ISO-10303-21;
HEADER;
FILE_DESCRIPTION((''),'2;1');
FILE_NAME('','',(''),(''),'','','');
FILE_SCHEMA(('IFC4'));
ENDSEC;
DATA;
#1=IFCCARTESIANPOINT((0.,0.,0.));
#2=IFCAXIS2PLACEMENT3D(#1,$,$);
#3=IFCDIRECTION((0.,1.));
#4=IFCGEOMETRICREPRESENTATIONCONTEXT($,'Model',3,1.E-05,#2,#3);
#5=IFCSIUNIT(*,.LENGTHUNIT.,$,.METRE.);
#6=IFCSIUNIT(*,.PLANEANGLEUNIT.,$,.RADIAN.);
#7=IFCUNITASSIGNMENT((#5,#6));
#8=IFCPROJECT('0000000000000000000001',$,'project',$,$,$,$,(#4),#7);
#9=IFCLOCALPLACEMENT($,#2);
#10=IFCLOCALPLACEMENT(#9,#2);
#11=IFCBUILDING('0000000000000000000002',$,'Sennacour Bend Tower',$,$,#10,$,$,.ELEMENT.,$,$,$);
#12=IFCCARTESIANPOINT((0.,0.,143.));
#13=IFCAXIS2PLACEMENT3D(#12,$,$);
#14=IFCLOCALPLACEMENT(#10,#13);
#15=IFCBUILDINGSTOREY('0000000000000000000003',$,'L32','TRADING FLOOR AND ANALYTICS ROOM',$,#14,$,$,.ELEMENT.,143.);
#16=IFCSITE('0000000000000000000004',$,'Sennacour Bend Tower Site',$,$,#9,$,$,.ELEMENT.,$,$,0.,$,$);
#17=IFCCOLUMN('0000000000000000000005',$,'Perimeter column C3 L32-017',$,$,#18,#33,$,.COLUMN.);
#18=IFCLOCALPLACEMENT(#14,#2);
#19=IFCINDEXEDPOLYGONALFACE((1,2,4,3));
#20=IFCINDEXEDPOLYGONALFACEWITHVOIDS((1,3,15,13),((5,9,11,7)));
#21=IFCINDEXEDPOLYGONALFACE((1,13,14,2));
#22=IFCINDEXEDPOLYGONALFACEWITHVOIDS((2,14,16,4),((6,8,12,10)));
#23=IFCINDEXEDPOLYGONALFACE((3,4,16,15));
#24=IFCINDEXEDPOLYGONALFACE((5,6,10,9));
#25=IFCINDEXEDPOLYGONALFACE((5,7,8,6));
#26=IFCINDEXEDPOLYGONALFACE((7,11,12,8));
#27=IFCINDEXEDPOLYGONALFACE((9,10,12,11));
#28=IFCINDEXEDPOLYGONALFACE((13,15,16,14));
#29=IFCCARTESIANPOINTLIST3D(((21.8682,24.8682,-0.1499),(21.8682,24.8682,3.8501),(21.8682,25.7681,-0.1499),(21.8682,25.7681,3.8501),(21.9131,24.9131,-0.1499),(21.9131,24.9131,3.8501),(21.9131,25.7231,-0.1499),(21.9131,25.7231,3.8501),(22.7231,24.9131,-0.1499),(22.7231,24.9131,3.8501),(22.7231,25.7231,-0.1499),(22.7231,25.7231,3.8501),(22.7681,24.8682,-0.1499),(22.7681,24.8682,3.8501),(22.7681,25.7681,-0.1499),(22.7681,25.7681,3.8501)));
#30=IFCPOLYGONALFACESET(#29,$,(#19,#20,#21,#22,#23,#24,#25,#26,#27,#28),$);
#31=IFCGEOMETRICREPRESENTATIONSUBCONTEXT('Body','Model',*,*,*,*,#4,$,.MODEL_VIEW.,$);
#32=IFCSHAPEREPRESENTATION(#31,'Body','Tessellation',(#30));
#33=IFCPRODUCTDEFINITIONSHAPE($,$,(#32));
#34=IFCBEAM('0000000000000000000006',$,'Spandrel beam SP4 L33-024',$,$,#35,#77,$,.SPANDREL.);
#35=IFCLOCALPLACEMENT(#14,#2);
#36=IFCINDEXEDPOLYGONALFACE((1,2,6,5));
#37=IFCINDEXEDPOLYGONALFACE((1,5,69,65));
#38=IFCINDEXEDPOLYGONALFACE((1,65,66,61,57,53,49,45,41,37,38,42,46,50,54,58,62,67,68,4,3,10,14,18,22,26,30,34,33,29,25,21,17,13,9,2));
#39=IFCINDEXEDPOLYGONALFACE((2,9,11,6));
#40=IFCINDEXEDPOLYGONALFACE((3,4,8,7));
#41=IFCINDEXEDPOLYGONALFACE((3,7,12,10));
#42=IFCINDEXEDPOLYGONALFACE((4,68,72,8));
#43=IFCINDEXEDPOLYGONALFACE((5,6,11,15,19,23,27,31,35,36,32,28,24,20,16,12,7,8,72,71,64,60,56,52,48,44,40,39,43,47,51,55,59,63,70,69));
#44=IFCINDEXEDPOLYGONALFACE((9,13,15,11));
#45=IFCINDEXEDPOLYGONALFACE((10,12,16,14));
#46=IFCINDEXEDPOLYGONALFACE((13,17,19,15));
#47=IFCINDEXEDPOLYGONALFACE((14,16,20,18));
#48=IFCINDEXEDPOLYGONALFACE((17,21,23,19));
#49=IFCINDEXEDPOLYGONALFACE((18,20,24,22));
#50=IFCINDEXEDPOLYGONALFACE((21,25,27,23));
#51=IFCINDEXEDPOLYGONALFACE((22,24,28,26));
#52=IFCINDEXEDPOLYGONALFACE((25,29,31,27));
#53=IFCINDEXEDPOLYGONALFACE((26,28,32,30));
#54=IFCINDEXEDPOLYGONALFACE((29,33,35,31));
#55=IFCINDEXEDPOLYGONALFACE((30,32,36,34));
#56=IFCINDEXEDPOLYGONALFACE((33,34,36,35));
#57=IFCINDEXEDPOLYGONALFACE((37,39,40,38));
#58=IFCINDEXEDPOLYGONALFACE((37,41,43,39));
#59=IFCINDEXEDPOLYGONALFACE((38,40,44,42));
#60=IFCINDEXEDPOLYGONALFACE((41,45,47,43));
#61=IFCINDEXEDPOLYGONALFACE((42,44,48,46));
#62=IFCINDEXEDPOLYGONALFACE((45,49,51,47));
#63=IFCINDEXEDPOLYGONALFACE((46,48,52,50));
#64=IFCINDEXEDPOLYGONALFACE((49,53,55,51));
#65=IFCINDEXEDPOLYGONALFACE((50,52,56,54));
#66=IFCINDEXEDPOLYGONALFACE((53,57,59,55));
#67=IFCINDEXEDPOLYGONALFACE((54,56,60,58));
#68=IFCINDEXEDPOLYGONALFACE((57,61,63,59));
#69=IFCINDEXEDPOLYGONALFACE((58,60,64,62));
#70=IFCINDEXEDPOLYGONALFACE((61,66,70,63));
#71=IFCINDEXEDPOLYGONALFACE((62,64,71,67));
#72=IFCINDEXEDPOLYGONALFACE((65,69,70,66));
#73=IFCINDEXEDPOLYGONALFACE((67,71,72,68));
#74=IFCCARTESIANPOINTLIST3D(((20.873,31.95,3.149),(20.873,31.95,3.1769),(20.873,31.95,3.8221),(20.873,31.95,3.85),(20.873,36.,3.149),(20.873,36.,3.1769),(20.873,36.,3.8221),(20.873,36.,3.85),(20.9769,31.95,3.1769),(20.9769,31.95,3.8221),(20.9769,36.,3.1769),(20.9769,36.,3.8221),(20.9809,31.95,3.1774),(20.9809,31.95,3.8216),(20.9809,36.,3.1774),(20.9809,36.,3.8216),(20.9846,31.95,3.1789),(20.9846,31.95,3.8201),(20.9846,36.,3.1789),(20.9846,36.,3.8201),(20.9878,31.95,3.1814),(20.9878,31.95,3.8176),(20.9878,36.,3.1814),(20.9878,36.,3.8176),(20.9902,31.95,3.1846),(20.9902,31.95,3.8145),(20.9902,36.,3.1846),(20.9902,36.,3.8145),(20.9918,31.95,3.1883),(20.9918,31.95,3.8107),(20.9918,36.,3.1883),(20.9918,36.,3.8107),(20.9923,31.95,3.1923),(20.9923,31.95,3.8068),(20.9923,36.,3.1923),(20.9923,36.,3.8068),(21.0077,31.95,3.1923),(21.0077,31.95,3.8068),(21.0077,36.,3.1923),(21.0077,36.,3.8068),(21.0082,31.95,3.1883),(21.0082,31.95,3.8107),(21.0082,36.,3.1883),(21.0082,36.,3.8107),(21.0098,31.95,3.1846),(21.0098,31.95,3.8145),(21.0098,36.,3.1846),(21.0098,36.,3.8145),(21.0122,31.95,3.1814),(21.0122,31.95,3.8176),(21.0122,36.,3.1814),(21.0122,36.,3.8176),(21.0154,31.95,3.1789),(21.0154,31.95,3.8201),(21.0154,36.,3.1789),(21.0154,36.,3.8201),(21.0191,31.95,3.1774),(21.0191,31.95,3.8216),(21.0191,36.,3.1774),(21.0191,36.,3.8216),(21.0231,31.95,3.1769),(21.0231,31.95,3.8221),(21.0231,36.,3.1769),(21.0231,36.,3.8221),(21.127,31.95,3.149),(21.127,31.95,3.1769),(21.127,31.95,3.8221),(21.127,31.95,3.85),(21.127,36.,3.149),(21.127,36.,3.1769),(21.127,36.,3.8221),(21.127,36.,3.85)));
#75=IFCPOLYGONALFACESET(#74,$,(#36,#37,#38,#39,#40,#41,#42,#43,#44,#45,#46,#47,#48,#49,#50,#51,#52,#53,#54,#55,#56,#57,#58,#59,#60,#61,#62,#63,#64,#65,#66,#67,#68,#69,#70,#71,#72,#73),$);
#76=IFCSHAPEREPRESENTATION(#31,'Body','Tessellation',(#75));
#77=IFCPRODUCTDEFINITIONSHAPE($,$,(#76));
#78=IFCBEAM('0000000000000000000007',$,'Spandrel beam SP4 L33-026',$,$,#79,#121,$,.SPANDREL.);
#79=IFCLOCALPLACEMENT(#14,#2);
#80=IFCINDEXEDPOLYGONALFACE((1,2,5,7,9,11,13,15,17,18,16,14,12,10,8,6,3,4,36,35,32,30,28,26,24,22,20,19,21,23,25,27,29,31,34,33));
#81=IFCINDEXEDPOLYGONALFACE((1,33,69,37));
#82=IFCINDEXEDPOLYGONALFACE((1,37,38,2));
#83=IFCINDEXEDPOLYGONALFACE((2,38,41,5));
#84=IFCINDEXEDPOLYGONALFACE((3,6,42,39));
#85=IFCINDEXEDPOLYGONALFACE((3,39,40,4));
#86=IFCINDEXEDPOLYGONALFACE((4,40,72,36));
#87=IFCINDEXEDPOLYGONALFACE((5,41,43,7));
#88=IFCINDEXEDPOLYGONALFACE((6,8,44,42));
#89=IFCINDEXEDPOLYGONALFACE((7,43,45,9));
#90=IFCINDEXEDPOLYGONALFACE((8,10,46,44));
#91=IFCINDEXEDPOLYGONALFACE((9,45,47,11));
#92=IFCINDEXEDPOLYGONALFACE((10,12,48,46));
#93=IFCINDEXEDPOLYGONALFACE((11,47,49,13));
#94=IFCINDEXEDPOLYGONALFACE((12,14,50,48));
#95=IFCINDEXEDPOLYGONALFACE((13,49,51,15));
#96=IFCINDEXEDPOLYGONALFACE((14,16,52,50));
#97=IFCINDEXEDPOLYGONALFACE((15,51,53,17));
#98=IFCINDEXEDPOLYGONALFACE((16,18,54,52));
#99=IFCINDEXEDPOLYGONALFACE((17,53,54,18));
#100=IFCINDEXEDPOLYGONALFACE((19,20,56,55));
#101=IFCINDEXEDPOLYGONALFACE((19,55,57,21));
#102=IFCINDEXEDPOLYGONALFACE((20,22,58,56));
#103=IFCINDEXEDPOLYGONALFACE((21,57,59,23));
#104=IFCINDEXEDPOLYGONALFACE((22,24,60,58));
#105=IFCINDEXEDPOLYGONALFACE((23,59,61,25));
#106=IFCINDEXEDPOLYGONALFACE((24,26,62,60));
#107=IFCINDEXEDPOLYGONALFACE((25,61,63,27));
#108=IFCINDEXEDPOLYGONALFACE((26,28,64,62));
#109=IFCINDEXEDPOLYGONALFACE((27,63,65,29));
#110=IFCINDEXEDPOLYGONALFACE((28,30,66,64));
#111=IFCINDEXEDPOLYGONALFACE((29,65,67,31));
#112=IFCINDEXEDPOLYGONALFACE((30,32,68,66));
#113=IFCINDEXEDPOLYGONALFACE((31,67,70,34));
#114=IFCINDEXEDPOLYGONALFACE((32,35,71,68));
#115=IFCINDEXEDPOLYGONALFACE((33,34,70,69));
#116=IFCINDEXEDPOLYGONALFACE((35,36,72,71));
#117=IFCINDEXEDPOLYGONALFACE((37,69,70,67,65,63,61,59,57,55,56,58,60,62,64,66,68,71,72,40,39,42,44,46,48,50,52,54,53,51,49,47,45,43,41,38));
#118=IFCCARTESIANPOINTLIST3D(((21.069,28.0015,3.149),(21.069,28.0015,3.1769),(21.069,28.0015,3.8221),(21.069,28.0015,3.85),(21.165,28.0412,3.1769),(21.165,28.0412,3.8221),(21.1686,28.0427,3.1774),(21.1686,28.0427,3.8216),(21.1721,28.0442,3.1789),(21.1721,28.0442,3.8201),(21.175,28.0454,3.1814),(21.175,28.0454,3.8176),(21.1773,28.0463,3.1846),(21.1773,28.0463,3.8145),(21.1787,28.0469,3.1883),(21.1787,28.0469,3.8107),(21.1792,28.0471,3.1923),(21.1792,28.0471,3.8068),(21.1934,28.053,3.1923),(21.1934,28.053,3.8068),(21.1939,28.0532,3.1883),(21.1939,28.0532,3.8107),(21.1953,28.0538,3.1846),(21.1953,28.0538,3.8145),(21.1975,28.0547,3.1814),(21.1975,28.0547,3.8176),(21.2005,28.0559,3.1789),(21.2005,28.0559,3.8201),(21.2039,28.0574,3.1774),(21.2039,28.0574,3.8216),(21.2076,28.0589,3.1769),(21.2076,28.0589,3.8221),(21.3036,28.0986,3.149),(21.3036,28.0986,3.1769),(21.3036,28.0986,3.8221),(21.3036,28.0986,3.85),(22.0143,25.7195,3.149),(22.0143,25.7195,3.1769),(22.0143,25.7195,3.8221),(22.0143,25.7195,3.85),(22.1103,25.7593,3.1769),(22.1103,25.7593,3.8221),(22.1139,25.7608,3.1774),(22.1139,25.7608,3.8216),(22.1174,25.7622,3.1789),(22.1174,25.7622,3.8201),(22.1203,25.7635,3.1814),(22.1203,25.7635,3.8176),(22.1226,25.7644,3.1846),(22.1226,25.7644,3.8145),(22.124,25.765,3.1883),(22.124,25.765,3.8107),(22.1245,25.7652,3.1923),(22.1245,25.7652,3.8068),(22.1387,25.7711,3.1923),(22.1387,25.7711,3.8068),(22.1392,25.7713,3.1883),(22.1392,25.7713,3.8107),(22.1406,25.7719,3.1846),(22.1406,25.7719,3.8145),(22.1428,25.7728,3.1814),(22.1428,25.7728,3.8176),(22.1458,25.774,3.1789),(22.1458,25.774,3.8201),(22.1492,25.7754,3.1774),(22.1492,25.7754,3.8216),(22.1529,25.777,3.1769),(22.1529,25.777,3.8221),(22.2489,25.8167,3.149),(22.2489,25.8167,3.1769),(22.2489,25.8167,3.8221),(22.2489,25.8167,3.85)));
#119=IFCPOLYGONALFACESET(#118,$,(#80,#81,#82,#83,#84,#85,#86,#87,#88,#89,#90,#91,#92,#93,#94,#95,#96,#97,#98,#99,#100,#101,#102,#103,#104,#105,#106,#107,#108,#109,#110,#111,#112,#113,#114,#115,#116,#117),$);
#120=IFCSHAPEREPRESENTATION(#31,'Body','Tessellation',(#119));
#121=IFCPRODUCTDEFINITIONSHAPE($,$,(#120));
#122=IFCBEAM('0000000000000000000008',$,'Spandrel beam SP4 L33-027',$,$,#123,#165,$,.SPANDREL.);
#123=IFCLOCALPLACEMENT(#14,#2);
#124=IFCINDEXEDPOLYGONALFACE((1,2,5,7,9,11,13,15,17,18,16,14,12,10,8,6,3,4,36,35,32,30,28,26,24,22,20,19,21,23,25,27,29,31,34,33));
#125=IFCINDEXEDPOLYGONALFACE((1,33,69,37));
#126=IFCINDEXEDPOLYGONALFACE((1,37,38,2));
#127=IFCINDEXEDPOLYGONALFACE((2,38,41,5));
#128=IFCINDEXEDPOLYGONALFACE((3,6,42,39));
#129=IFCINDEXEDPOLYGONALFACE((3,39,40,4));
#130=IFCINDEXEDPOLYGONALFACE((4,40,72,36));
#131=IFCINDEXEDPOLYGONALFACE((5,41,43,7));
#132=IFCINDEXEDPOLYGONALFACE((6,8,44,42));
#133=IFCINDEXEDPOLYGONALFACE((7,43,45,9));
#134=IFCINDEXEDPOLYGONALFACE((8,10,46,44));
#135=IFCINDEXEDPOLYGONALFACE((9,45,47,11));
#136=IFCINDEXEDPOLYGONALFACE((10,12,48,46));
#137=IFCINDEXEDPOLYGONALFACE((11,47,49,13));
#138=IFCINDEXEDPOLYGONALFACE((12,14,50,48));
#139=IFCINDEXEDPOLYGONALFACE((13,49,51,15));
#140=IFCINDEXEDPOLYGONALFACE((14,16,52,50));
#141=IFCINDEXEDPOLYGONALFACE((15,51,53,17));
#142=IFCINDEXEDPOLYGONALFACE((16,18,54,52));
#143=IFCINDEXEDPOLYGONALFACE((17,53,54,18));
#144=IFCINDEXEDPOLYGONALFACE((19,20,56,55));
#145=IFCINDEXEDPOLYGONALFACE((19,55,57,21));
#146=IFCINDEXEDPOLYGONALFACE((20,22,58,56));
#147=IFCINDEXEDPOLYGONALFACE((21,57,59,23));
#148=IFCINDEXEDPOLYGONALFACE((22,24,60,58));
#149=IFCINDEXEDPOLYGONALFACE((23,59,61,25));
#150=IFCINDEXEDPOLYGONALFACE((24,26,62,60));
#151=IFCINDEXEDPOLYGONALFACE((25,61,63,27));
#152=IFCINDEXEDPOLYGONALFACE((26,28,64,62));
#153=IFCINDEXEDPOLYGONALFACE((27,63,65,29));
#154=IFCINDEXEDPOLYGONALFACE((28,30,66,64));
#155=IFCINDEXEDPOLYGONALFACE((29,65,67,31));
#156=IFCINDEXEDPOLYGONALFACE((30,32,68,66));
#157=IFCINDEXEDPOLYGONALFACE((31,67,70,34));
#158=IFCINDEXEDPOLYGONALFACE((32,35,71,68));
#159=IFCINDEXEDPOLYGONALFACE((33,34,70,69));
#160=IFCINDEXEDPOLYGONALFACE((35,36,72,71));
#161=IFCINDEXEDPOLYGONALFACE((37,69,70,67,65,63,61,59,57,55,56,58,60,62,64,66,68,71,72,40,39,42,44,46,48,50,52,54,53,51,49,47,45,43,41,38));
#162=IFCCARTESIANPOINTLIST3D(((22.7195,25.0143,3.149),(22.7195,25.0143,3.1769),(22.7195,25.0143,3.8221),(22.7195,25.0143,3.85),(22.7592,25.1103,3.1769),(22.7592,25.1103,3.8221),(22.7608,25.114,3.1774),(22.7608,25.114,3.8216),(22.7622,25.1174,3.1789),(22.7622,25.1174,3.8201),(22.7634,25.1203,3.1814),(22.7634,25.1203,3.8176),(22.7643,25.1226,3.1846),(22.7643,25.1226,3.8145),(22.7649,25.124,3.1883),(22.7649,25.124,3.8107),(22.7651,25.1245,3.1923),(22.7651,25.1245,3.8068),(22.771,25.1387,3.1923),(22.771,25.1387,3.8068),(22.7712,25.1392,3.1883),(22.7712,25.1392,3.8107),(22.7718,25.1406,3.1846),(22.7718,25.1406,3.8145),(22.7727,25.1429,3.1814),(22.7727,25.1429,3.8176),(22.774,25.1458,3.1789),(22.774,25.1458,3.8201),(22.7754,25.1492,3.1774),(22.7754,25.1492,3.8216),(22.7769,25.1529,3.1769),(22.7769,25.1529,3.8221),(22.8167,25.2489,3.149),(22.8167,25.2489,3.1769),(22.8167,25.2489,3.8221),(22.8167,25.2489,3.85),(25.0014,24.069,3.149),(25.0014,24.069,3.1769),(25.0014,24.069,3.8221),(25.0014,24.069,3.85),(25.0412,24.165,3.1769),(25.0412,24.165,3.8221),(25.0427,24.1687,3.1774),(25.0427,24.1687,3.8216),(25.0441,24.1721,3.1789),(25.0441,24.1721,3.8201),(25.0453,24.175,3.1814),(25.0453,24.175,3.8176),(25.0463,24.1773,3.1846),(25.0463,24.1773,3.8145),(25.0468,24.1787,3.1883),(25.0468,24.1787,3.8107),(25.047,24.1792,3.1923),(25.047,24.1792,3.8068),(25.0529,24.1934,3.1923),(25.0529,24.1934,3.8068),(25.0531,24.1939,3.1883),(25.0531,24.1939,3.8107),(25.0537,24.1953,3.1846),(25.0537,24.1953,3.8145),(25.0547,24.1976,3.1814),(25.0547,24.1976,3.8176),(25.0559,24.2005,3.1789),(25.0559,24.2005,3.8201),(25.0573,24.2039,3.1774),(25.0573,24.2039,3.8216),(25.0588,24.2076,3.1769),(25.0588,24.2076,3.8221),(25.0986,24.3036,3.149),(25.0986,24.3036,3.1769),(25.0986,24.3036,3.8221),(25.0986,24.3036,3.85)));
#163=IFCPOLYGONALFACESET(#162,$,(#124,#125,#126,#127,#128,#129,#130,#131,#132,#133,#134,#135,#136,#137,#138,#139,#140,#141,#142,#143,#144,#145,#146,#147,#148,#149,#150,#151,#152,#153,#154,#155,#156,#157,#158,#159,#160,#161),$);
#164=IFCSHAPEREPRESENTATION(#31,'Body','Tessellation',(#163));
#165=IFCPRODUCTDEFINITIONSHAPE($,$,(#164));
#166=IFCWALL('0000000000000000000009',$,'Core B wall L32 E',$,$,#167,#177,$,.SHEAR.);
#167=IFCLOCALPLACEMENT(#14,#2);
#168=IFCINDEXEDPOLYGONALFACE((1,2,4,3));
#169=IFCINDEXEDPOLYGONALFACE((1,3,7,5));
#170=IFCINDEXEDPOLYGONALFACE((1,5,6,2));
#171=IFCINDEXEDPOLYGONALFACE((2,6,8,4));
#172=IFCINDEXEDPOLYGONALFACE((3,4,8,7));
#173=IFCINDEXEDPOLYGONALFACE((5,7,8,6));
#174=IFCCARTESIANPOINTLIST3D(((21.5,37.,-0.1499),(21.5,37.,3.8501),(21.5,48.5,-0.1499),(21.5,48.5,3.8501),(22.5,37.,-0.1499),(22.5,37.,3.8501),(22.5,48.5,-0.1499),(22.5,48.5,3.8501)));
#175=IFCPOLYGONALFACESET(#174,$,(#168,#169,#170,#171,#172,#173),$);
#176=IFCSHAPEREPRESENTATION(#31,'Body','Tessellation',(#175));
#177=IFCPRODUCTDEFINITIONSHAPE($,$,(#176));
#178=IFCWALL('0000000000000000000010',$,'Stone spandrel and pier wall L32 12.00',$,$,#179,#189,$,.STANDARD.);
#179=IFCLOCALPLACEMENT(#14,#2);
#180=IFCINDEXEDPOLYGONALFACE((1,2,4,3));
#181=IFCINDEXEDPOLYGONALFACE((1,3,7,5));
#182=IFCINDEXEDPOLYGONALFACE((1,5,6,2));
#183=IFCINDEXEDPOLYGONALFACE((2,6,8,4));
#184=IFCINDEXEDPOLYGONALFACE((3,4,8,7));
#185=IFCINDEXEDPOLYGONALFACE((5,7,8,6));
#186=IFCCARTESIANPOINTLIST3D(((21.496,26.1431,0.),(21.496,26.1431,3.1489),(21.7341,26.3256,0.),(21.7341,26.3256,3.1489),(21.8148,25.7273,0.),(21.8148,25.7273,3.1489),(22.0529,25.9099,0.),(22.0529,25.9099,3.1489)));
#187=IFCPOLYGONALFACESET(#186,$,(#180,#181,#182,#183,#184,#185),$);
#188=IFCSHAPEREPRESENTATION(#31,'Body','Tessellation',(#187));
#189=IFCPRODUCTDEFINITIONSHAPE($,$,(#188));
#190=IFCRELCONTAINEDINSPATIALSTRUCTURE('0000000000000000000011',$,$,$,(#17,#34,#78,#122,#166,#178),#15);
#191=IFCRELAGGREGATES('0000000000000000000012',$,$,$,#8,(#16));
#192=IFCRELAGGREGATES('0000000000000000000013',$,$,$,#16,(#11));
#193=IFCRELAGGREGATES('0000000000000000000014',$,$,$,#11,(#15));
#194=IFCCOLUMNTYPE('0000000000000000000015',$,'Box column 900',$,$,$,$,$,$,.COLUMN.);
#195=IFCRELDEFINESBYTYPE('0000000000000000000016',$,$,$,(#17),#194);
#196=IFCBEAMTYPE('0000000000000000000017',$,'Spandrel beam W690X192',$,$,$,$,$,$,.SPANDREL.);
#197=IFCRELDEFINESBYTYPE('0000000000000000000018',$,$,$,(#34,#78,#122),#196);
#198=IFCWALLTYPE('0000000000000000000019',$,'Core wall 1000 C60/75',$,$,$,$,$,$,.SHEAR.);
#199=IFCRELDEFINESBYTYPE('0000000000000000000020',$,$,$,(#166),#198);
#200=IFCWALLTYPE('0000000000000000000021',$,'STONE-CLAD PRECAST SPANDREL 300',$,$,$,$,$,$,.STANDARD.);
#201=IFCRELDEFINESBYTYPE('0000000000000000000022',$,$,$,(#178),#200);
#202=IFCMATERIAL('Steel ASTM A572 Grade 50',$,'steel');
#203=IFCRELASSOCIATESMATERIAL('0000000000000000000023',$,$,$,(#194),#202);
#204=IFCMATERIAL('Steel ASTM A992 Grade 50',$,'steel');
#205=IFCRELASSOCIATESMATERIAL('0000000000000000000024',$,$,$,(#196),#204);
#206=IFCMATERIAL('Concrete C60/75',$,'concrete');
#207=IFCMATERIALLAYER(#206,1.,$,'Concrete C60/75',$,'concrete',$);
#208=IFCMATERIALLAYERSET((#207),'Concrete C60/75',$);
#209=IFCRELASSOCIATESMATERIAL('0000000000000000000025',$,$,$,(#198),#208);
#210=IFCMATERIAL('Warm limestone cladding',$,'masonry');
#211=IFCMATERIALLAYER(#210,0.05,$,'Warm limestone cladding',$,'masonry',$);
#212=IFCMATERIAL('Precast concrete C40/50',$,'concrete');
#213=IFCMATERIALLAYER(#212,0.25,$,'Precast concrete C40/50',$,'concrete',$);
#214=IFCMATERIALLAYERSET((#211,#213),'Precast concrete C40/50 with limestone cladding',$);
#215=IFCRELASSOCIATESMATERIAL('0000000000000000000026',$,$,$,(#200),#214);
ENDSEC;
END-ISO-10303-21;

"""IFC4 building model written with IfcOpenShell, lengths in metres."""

from ifc_helpers import new_model, si_unit, direction, frame, frame_2d, origin, origin_2d, place, context, subcontext, project, spatial, rectangle, hollow_rectangle, i_section, extrude, material, layer, layer_set, material_profile, profile_set, type_object, element, save


model = new_model("IFC4")

# Units and contexts
model_context = context("Model", 3, precision=1e-05, world=origin(), true_north=direction((0.0, 1.0)))
body_context = subcontext(model_context, "Body", "Model", "MODEL_VIEW")
ifc_project = project(units=[si_unit("LENGTHUNIT", "METRE"), si_unit("PLANEANGLEUNIT", "RADIAN")], contexts=[model_context])

# Site, building, storey
site_placement = place(None, origin())
site = spatial("IfcSite", under=ifc_project, at=site_placement, Name="Sennacour Bend Tower Site", CompositionType="ELEMENT", RefElevation=0.0)
building_placement = place(site_placement, origin())
building = spatial("IfcBuilding", under=site, at=building_placement, Name="Sennacour Bend Tower", CompositionType="ELEMENT")
storey_placement = place(building_placement, frame((0.0, 0.0, 143.0)))
storey = spatial("IfcBuildingStorey", under=building, at=storey_placement, Name="L32", Description="TRADING FLOOR AND ANALYTICS ROOM", CompositionType="ELEMENT", Elevation=143.0)

# Column
ifc_material_1 = material(Name="Steel ASTM A572 Grade 50", Category="steel")
ifc_material_profile_1 = material_profile(ifc_material_1, hollow_rectangle(XDim=0.8999, YDim=0.8999, WallThickness=0.0449, at=origin_2d()), Name="Steel ASTM A572 Grade 50", Category="steel")
ifc_profile_set_1 = profile_set([ifc_material_profile_1], Name="Steel ASTM A572 Grade 50")
column_type = type_object("IfcColumnType", Name="Box column 900", PredefinedType="COLUMN", material=ifc_profile_set_1)
column_placement = place(storey_placement, frame((22.3181, 25.3181, -0.1499), z_axis=(0.0, 0.0, 1.0), x_axis=(1.0, 0.0, 0.0)))
element("IfcColumn", 1, at=column_placement, inside=storey, type_object=column_type, Name="Perimeter column C3 L32-017", PredefinedType="COLUMN", context=body_context, shape_type="SweptSolid", body=[
    extrude(hollow_rectangle(XDim=0.8999, YDim=0.8999, WallThickness=0.0449, at=origin_2d()), origin(), (0.0, 0.0, 1.0), 4.0),
])

# Beams
ifc_material_2 = material(Name="Steel ASTM A992 Grade 50", Category="steel")
ifc_material_profile_2 = material_profile(ifc_material_2, i_section(OverallWidth=0.2539, OverallDepth=0.7009, WebThickness=0.0154, FlangeThickness=0.0278, FilletRadius=0.0154, at=origin_2d()), Name="Steel ASTM A992 Grade 50", Category="steel")
ifc_profile_set_2 = profile_set([ifc_material_profile_2], Name="Steel ASTM A992 Grade 50")
beam_type = type_object("IfcBeamType", Name="Spandrel beam W690X192", PredefinedType="SPANDREL", material=ifc_profile_set_2)
beam_placement = place(storey_placement, frame((21.0, 36.0, 3.4995), z_axis=(0.0, -1.0, 0.0), x_axis=(1.0, 0.0, 0.0)))
element("IfcBeam", 2, at=beam_placement, inside=storey, type_object=beam_type, Name="Spandrel beam SP4 L33-024", PredefinedType="SPANDREL", context=body_context, shape_type="SweptSolid", body=[
    extrude(i_section(OverallWidth=0.2539, OverallDepth=0.7009, WebThickness=0.0154, FlangeThickness=0.0278, FilletRadius=0.0154, at=origin_2d()), origin(), (0.0, 0.0, 1.0), 4.05),
])
for number, where, z_axis, x_axis, name in (
    (3, (21.1863, 28.05, 3.4995), (0.382713, -0.923867, 0.0), (0.923867, 0.382713, 0.0), "Spandrel beam SP4 L33-026"),
    (4, (22.7681, 25.1316, 3.4995), (0.923867, -0.382713, 0.0), (0.382713, 0.923867, 0.0), "Spandrel beam SP4 L33-027"),
):
    element("IfcBeam", number, at=place(storey_placement, frame(where, z_axis=z_axis, x_axis=x_axis)), inside=storey, type_object=beam_type, Name=name, PredefinedType="SPANDREL", context=body_context, shape_type="SweptSolid", body=[
        extrude(i_section(OverallWidth=0.2539, OverallDepth=0.7009, WebThickness=0.0154, FlangeThickness=0.0278, FilletRadius=0.0154, at=origin_2d()), origin(), (0.0, 0.0, 1.0), 2.47),
    ])

# Walls
ifc_material_3 = material(Name="Concrete C60/75", Category="concrete")
ifc_layer_1 = layer(ifc_material_3, 1.0, Name="Concrete C60/75", Category="concrete")
ifc_layer_set_1 = layer_set([ifc_layer_1], Name="Concrete C60/75")
wall_type_1 = type_object("IfcWallType", Name="Core wall 1000 C60/75", PredefinedType="SHEAR", material=ifc_layer_set_1)
wall_1_placement = place(storey_placement, frame((22.0, 37.0, -0.1499), z_axis=(0.0, 0.0, 1.0), x_axis=(0.0, 1.0, 0.0)))
element("IfcWall", 5, at=wall_1_placement, inside=storey, type_object=wall_type_1, Name="Core B wall L32 E", PredefinedType="SHEAR", context=body_context, shape_type="SweptSolid", body=[
    extrude(rectangle(XDim=11.5, YDim=1.0, at=frame_2d((5.75, 0.0))), origin(), (0.0, 0.0, 1.0), 4.0),
])
ifc_material_4 = material(Name="Warm limestone cladding", Category="masonry")
ifc_layer_2 = layer(ifc_material_4, 0.05, Name="Warm limestone cladding", Category="masonry")
ifc_material_5 = material(Name="Precast concrete C40/50", Category="concrete")
ifc_layer_3 = layer(ifc_material_5, 0.25, Name="Precast concrete C40/50", Category="concrete")
ifc_layer_set_2 = layer_set([ifc_layer_2, ifc_layer_3], Name="Precast concrete C40/50 with limestone cladding")
wall_type_2 = type_object("IfcWallType", Name="STONE-CLAD PRECAST SPANDREL 300", PredefinedType="STANDARD", material=ifc_layer_set_2)
wall_2_placement = place(storey_placement, frame((21.9338, 25.8186, 0.0), z_axis=(0.0, 0.0, 1.0), x_axis=(-0.608539, 0.793524, 0.0)))
element("IfcWall", 6, at=wall_2_placement, inside=storey, type_object=wall_type_2, Name="Stone spandrel and pier wall L32 12.00", PredefinedType="STANDARD", context=body_context, shape_type="SweptSolid", body=[
    extrude(rectangle(XDim=0.5239, YDim=0.3, at=frame_2d((0.262, 0.0))), origin(), (0.0, 0.0, 1.0), 3.1489),
])

save(model, "model.ifc")
